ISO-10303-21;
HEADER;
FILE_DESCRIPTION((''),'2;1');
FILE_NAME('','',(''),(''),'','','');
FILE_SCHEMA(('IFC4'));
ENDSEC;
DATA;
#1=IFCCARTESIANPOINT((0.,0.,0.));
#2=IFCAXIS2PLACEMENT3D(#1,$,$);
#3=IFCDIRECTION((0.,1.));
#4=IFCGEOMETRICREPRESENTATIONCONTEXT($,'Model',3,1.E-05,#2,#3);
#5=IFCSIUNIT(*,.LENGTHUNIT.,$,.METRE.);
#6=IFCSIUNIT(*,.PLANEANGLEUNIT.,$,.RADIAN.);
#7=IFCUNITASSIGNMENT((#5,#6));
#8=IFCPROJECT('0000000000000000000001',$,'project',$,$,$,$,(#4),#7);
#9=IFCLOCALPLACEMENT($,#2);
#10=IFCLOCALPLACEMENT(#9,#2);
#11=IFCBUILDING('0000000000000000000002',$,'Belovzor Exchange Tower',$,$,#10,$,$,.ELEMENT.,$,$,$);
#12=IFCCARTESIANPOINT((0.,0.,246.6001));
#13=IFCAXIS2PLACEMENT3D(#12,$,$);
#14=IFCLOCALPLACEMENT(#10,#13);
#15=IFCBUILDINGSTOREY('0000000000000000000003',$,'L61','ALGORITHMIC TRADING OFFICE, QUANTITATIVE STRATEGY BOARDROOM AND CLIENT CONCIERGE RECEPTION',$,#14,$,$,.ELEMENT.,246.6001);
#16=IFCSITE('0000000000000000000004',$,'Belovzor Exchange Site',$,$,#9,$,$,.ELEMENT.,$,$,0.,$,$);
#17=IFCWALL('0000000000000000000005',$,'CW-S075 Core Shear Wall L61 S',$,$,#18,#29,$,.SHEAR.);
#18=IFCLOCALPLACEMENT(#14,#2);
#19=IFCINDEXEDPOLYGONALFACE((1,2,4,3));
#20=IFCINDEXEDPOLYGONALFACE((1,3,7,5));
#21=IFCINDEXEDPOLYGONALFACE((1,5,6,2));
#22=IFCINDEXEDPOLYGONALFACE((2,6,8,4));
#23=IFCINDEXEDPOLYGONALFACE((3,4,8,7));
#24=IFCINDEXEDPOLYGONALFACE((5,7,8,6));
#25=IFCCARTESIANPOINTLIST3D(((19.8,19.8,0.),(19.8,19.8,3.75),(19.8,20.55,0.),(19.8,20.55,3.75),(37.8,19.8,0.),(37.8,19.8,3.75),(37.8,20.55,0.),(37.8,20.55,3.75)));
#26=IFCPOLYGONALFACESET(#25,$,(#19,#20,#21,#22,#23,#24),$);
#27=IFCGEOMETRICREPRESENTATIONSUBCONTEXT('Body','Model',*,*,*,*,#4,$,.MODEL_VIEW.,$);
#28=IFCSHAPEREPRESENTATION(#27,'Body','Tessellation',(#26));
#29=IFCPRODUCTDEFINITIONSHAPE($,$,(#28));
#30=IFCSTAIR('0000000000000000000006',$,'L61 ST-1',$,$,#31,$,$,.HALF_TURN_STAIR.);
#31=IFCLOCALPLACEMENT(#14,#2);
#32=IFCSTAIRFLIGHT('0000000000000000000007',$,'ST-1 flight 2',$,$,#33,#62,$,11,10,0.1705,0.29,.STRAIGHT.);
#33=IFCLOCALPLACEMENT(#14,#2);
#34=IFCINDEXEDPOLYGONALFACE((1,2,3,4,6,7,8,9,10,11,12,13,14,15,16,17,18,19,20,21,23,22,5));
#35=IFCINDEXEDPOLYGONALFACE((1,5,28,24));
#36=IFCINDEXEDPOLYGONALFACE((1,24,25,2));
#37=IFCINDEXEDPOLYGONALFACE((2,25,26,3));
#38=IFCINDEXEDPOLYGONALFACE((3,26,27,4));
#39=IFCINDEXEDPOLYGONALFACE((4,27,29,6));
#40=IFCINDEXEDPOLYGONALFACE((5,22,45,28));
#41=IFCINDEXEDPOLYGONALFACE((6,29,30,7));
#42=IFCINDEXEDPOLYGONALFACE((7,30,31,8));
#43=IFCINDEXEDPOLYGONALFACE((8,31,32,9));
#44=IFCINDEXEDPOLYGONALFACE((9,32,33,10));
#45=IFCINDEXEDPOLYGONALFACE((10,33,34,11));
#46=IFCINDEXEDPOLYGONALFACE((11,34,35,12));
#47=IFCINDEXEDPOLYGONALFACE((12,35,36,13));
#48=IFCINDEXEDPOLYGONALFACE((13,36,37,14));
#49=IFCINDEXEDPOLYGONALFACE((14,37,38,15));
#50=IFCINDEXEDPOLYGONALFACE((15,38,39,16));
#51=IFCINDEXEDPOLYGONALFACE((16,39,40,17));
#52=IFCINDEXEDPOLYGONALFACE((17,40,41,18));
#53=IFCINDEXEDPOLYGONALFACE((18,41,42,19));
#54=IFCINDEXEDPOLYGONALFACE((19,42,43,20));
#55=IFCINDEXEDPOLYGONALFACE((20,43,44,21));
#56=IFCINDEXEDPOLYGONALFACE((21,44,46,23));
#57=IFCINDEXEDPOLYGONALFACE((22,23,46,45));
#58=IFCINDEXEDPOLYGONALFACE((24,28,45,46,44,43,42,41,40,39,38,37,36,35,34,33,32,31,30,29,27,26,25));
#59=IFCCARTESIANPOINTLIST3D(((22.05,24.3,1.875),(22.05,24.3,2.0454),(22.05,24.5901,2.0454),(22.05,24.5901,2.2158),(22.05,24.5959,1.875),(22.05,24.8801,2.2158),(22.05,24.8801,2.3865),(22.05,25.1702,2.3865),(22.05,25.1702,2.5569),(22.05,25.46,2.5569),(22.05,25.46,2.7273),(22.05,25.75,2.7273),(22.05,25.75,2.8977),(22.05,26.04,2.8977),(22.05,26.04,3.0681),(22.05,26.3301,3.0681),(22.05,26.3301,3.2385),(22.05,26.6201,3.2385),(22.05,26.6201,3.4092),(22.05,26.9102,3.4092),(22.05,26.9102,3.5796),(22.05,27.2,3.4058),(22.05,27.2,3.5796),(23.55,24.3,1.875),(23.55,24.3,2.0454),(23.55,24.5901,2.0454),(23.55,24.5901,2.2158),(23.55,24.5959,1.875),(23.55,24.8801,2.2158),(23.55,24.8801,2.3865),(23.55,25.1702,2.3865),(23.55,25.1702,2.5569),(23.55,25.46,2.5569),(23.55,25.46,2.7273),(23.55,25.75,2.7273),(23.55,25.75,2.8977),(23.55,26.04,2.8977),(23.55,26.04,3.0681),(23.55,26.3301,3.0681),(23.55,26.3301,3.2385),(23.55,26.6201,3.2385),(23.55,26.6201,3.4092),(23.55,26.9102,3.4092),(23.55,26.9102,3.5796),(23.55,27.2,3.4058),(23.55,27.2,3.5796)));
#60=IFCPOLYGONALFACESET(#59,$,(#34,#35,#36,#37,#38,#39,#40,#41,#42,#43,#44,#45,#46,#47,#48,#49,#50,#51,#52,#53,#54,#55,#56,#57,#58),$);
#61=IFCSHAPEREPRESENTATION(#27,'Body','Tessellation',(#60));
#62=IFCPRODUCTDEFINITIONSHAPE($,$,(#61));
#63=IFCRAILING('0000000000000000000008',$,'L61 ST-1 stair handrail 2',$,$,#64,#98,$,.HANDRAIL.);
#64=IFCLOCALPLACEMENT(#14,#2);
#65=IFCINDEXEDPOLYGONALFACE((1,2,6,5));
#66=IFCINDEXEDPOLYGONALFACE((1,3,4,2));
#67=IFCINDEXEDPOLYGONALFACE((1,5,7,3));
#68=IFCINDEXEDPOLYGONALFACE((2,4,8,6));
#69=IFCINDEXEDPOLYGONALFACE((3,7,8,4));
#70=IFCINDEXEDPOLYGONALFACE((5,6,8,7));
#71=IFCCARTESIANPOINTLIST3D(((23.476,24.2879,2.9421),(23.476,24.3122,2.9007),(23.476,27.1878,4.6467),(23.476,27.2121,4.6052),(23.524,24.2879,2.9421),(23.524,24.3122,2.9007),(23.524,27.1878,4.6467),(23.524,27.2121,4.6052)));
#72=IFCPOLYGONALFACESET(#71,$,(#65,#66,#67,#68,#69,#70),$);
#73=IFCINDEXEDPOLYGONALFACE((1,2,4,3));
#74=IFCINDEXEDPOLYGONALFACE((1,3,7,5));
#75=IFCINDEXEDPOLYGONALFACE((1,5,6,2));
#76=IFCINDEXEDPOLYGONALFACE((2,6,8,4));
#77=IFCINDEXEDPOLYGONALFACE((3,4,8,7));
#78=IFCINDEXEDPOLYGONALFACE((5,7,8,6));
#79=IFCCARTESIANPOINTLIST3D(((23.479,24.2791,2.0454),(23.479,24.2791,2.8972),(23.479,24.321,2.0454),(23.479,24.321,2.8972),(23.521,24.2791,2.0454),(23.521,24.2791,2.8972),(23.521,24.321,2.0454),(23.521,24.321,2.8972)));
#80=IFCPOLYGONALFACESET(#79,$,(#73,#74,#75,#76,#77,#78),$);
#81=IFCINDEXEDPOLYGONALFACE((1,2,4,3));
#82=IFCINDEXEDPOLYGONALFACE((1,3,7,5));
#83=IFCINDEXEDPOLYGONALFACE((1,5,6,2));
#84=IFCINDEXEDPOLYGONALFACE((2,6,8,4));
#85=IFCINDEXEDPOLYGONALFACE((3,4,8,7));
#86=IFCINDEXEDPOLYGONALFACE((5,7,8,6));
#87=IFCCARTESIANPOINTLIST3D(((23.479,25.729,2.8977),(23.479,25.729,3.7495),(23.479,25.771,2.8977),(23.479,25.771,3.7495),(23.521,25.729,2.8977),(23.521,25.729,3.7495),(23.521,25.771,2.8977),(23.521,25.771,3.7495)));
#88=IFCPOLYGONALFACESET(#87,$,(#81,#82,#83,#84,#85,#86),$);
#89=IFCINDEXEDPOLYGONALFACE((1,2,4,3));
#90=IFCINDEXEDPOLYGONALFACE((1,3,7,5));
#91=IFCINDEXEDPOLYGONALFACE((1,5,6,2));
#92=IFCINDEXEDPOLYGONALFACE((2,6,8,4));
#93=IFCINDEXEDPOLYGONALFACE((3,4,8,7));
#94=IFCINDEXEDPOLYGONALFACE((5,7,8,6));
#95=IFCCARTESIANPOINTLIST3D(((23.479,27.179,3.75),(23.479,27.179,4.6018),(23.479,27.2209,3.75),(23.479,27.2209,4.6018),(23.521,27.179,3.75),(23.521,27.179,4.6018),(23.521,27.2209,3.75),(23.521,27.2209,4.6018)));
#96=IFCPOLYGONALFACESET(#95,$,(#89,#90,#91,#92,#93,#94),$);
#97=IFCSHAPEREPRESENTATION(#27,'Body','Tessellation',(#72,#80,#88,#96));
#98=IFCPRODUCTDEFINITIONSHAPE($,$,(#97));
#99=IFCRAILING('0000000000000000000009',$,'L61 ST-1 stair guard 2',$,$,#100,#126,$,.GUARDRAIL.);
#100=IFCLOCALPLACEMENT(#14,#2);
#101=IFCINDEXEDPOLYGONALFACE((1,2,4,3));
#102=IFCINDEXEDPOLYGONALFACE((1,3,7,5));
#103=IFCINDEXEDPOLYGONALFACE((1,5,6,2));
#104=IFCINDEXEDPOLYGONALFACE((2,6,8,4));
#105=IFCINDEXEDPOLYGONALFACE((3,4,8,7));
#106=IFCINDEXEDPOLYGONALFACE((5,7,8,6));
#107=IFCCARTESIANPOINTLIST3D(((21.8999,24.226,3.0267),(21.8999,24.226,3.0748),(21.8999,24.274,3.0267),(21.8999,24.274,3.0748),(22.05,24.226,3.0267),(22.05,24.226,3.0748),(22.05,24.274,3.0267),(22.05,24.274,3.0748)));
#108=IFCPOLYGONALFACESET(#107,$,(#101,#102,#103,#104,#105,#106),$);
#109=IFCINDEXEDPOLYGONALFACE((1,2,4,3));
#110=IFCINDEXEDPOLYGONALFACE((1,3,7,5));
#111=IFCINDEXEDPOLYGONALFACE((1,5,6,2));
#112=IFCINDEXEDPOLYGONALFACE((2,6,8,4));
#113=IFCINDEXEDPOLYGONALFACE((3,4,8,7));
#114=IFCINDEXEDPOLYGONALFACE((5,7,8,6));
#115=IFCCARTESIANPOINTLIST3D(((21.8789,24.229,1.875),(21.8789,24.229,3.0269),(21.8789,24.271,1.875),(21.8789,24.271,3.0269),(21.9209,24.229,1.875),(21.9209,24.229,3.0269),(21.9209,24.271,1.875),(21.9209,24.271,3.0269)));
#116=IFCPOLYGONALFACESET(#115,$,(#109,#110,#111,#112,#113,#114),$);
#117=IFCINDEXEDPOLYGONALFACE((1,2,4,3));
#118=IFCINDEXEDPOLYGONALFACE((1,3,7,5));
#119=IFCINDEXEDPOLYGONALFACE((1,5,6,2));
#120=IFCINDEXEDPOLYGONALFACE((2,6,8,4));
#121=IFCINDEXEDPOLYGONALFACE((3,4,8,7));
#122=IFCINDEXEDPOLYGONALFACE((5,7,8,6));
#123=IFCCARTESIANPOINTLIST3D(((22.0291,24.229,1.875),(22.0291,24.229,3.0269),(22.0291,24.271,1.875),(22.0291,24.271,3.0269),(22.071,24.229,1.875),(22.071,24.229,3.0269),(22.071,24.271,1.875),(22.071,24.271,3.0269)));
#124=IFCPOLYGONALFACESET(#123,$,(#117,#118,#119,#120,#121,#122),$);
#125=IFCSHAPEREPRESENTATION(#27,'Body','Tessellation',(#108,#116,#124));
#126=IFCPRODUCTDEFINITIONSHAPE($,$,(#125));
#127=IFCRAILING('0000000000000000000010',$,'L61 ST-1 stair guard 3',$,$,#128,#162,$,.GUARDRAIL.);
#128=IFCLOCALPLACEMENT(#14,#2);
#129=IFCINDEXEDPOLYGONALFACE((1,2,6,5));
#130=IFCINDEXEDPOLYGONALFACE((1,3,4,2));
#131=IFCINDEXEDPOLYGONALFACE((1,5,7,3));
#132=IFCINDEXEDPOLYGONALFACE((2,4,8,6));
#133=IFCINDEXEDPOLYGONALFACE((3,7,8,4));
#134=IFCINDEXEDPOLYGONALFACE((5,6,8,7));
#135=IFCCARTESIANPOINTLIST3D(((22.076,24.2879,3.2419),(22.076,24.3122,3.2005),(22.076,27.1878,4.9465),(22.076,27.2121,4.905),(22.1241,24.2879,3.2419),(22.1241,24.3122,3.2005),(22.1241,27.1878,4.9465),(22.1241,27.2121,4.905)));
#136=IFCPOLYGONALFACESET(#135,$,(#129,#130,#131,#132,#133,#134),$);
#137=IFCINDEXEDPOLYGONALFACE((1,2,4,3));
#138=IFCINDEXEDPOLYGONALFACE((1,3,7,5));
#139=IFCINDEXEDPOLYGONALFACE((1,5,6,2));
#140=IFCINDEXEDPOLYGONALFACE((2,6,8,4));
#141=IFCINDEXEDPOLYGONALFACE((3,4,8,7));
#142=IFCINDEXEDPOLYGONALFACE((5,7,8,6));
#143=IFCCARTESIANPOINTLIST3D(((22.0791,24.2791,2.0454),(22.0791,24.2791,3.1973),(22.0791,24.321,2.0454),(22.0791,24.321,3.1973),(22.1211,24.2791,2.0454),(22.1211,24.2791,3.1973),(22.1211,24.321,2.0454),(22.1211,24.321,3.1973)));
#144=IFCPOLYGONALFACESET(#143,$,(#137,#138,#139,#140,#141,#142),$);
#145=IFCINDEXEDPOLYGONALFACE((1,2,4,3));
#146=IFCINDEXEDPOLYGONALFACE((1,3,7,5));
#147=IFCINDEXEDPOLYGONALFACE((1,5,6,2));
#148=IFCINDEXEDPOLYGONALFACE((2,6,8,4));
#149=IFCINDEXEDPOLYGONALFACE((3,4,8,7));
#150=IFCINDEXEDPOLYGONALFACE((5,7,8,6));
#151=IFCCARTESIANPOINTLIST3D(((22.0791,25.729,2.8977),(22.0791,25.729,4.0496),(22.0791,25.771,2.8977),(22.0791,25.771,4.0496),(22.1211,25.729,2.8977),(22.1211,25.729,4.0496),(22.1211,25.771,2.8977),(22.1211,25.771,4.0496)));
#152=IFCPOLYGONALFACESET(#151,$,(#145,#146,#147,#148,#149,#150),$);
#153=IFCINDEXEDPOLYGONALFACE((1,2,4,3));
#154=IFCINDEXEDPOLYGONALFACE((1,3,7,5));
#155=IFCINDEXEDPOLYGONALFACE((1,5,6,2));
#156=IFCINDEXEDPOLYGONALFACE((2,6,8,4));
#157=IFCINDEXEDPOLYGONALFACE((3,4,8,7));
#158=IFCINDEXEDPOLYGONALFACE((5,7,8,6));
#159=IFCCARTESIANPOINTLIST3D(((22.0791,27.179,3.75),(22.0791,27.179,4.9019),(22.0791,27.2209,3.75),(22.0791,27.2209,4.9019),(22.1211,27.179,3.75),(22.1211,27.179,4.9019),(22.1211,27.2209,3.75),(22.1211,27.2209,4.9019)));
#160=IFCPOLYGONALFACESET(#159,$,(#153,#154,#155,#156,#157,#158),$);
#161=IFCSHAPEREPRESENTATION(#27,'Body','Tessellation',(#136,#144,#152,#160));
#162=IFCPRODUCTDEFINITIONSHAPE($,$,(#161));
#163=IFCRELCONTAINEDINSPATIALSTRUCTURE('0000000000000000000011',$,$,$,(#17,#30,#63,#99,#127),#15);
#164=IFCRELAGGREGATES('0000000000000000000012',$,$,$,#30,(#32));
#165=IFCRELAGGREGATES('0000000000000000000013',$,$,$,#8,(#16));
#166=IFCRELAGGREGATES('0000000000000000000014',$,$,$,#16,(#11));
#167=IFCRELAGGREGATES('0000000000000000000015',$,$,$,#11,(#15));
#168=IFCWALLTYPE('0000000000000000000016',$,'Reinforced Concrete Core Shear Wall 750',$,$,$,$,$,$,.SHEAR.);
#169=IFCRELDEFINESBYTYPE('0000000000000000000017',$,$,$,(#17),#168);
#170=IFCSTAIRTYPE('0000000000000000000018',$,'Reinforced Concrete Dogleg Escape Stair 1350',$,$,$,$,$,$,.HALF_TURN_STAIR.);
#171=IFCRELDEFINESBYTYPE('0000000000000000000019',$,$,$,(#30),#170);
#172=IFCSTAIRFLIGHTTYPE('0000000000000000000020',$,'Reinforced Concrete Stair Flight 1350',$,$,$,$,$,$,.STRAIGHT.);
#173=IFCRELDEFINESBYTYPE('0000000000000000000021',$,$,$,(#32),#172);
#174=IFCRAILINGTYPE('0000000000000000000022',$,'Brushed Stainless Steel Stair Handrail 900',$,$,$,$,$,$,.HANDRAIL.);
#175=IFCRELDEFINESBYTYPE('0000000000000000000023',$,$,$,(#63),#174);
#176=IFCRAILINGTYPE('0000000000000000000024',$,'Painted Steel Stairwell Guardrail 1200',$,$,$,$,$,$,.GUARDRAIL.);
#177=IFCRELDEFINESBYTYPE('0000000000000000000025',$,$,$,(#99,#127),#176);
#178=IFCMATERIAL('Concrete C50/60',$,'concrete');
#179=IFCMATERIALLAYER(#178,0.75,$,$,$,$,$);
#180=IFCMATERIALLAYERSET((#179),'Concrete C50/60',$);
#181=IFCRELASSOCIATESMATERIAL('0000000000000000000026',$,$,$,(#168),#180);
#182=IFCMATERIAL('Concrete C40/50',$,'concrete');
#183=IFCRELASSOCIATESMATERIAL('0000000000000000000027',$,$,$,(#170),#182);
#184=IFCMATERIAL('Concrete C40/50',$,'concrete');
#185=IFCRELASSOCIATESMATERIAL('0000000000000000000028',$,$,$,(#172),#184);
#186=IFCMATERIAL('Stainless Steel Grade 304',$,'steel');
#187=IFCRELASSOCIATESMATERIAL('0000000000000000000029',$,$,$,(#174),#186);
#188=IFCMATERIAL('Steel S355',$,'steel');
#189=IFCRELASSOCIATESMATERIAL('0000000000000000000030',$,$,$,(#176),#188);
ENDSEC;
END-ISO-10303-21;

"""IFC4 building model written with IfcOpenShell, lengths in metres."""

from ifc_helpers import new_model, si_unit, direction, frame, frame_2d, origin, origin_2d, place, context, subcontext, project, spatial, polyline, rectangle, outline, extrude, material, layer, layer_set, type_object, element, aggregate, save


model = new_model("IFC4")

# Units and contexts
model_context = context("Model", 3, precision=1e-05, world=origin(), true_north=direction((0.0, 1.0)))
body_context = subcontext(model_context, "Body", "Model", "MODEL_VIEW")
ifc_project = project(units=[si_unit("LENGTHUNIT", "METRE"), si_unit("PLANEANGLEUNIT", "RADIAN")], contexts=[model_context])

# Site, building, storey
site_placement = place(None, origin())
site = spatial("IfcSite", under=ifc_project, at=site_placement, Name="Belovzor Exchange Site", CompositionType="ELEMENT", RefElevation=0.0)
building_placement = place(site_placement, origin())
building = spatial("IfcBuilding", under=site, at=building_placement, Name="Belovzor Exchange Tower", CompositionType="ELEMENT")
storey_placement = place(building_placement, frame((0.0, 0.0, 246.6001)))
storey = spatial("IfcBuildingStorey", under=building, at=storey_placement, Name="L61", Description="ALGORITHMIC TRADING OFFICE, QUANTITATIVE STRATEGY BOARDROOM AND CLIENT CONCIERGE RECEPTION", CompositionType="ELEMENT", Elevation=246.6001)

# Wall
ifc_material_1 = material(Name="Concrete C50/60", Category="concrete")
ifc_layer_1 = layer(ifc_material_1, 0.75)
ifc_layer_set_1 = layer_set([ifc_layer_1], Name="Concrete C50/60")
wall_type_1 = type_object("IfcWallType", Name="Reinforced Concrete Core Shear Wall 750", PredefinedType="SHEAR", material=ifc_layer_set_1)
wall_1_placement = place(storey_placement, frame((19.8, 20.175, 0.0), z_axis=(0.0, 0.0, 1.0), x_axis=(1.0, 0.0, 0.0)))
element("IfcWall", 1, at=wall_1_placement, inside=storey, type_object=wall_type_1, Name="CW-S075 Core Shear Wall L61 S", PredefinedType="SHEAR", context=body_context, shape_type="SweptSolid", body=[
    extrude(rectangle(XDim=18.0, YDim=0.75, at=frame_2d((9.0, 0.0))), origin(), (0.0, 0.0, 1.0), 3.75),
])

# Stair, stair flight
ifc_material_2 = material(Name="Concrete C40/50", Category="concrete")
stair_type = type_object("IfcStairType", Name="Reinforced Concrete Dogleg Escape Stair 1350", PredefinedType="HALF_TURN_STAIR", material=ifc_material_2)
stair_placement = place(storey_placement, origin())
stair = element("IfcStair", 2, at=stair_placement, inside=storey, type_object=stair_type, Name="L61 ST-1", PredefinedType="HALF_TURN_STAIR")
ifc_material_3 = material(Name="Concrete C40/50", Category="concrete")
stair_flight_type = type_object("IfcStairFlightType", Name="Reinforced Concrete Stair Flight 1350", PredefinedType="STRAIGHT", material=ifc_material_3)
stair_flight_placement = place(storey_placement, frame((22.8, 24.3, 1.875), z_axis=(0.0, 0.0, 1.0), x_axis=(0.0, 1.0, 0.0)))
stair_flight = element("IfcStairFlight", 3, at=stair_flight_placement, type_object=stair_flight_type, Name="ST-1 flight 2", NumberOfRisers=11, NumberOfTreads=10, PredefinedType="STRAIGHT", RiserHeight=0.1705, TreadLength=0.29, context=body_context, shape_type="SweptSolid", body=[
    extrude(outline(polyline([(0.0, 0.0), (0.0, 0.1704), (0.29, 0.1704), (0.29, 0.3408), (0.5801, 0.3408), (0.5801, 0.5115), (0.8701, 0.5115), (0.8701, 0.6819), (1.1599, 0.6819), (1.1599, 0.8523), (1.45, 0.8523), (1.45, 1.0227), (1.74, 1.0227), (1.74, 1.1931), (2.03, 1.1931), (2.03, 1.3635), (2.3201, 1.3635), (2.3201, 1.5342), (2.6101, 1.5342), (2.6101, 1.7046), (2.8999, 1.7046), (2.8999, 1.875), (2.8999, 1.5308), (0.2959, 0.0), (0.0, 0.0)])), frame((0.0, 0.75, 0.0), z_axis=(0.0, -1.0, 0.0), x_axis=(1.0, 0.0, 0.0)), (0.0, 0.0, 1.0), 1.5),
])
aggregate(stair, [stair_flight])

# Railings
ifc_material_4 = material(Name="Stainless Steel Grade 304", Category="steel")
railing_type_1 = type_object("IfcRailingType", Name="Brushed Stainless Steel Stair Handrail 900", PredefinedType="HANDRAIL", material=ifc_material_4)
railing_1_placement = place(storey_placement, frame((23.5, 24.3, 2.0454)))
element("IfcRailing", 4, at=railing_1_placement, inside=storey, type_object=railing_type_1, Name="L61 ST-1 stair handrail 2", PredefinedType="HANDRAIL", context=body_context, shape_type="SweptSolid", body=[
    extrude(rectangle(XDim=0.0481, YDim=0.0481, at=origin_2d()), frame((0.0, 0.0, 0.876), z_axis=(0.0, 0.862095, 0.506747), x_axis=(-1.0, 0.0, 0.0)), (0.0, 0.0, 1.0), 3.3638),
    extrude(rectangle(XDim=0.042, YDim=0.042, at=origin_2d()), origin(), (0.0, 0.0, 1.0), 0.8518),
    extrude(rectangle(XDim=0.042, YDim=0.042, at=origin_2d()), frame((0.0, 1.45, 0.8523)), (0.0, 0.0, 1.0), 0.8518),
    extrude(rectangle(XDim=0.042, YDim=0.042, at=origin_2d()), frame((0.0, 2.8999, 1.7046)), (0.0, 0.0, 1.0), 0.8518),
])
ifc_material_5 = material(Name="Steel S355", Category="steel")
railing_type_2 = type_object("IfcRailingType", Name="Painted Steel Stairwell Guardrail 1200", PredefinedType="GUARDRAIL", material=ifc_material_5)
railing_2_placement = place(storey_placement, frame((21.8999, 24.25, 1.875)))
element("IfcRailing", 5, at=railing_2_placement, inside=storey, type_object=railing_type_2, Name="L61 ST-1 stair guard 2", PredefinedType="GUARDRAIL", context=body_context, shape_type="SweptSolid", body=[
    extrude(rectangle(XDim=0.0481, YDim=0.0481, at=origin_2d()), frame((0.0, 0.0, 1.1758), z_axis=(1.0, 0.0, 0.0), x_axis=(0.0, 1.0, 0.0)), (0.0, 0.0, 1.0), 0.1501),
    extrude(rectangle(XDim=0.042, YDim=0.042, at=origin_2d()), origin(), (0.0, 0.0, 1.0), 1.1519),
    extrude(rectangle(XDim=0.042, YDim=0.042, at=origin_2d()), frame((0.1501, 0.0, 0.0)), (0.0, 0.0, 1.0), 1.1519),
])
railing_3_placement = place(storey_placement, frame((22.1001, 24.3, 2.0454)))
element("IfcRailing", 6, at=railing_3_placement, inside=storey, type_object=railing_type_2, Name="L61 ST-1 stair guard 3", PredefinedType="GUARDRAIL", context=body_context, shape_type="SweptSolid", body=[
    extrude(rectangle(XDim=0.0481, YDim=0.0481, at=origin_2d()), frame((0.0, 0.0, 1.1758), z_axis=(0.0, 0.862095, 0.506747), x_axis=(-1.0, 0.0, 0.0)), (0.0, 0.0, 1.0), 3.3638),
    extrude(rectangle(XDim=0.042, YDim=0.042, at=origin_2d()), origin(), (0.0, 0.0, 1.0), 1.1519),
    extrude(rectangle(XDim=0.042, YDim=0.042, at=origin_2d()), frame((0.0, 1.45, 0.8523)), (0.0, 0.0, 1.0), 1.1519),
    extrude(rectangle(XDim=0.042, YDim=0.042, at=origin_2d()), frame((0.0, 2.8999, 1.7046)), (0.0, 0.0, 1.0), 1.1519),
])

save(model, "model.ifc")
